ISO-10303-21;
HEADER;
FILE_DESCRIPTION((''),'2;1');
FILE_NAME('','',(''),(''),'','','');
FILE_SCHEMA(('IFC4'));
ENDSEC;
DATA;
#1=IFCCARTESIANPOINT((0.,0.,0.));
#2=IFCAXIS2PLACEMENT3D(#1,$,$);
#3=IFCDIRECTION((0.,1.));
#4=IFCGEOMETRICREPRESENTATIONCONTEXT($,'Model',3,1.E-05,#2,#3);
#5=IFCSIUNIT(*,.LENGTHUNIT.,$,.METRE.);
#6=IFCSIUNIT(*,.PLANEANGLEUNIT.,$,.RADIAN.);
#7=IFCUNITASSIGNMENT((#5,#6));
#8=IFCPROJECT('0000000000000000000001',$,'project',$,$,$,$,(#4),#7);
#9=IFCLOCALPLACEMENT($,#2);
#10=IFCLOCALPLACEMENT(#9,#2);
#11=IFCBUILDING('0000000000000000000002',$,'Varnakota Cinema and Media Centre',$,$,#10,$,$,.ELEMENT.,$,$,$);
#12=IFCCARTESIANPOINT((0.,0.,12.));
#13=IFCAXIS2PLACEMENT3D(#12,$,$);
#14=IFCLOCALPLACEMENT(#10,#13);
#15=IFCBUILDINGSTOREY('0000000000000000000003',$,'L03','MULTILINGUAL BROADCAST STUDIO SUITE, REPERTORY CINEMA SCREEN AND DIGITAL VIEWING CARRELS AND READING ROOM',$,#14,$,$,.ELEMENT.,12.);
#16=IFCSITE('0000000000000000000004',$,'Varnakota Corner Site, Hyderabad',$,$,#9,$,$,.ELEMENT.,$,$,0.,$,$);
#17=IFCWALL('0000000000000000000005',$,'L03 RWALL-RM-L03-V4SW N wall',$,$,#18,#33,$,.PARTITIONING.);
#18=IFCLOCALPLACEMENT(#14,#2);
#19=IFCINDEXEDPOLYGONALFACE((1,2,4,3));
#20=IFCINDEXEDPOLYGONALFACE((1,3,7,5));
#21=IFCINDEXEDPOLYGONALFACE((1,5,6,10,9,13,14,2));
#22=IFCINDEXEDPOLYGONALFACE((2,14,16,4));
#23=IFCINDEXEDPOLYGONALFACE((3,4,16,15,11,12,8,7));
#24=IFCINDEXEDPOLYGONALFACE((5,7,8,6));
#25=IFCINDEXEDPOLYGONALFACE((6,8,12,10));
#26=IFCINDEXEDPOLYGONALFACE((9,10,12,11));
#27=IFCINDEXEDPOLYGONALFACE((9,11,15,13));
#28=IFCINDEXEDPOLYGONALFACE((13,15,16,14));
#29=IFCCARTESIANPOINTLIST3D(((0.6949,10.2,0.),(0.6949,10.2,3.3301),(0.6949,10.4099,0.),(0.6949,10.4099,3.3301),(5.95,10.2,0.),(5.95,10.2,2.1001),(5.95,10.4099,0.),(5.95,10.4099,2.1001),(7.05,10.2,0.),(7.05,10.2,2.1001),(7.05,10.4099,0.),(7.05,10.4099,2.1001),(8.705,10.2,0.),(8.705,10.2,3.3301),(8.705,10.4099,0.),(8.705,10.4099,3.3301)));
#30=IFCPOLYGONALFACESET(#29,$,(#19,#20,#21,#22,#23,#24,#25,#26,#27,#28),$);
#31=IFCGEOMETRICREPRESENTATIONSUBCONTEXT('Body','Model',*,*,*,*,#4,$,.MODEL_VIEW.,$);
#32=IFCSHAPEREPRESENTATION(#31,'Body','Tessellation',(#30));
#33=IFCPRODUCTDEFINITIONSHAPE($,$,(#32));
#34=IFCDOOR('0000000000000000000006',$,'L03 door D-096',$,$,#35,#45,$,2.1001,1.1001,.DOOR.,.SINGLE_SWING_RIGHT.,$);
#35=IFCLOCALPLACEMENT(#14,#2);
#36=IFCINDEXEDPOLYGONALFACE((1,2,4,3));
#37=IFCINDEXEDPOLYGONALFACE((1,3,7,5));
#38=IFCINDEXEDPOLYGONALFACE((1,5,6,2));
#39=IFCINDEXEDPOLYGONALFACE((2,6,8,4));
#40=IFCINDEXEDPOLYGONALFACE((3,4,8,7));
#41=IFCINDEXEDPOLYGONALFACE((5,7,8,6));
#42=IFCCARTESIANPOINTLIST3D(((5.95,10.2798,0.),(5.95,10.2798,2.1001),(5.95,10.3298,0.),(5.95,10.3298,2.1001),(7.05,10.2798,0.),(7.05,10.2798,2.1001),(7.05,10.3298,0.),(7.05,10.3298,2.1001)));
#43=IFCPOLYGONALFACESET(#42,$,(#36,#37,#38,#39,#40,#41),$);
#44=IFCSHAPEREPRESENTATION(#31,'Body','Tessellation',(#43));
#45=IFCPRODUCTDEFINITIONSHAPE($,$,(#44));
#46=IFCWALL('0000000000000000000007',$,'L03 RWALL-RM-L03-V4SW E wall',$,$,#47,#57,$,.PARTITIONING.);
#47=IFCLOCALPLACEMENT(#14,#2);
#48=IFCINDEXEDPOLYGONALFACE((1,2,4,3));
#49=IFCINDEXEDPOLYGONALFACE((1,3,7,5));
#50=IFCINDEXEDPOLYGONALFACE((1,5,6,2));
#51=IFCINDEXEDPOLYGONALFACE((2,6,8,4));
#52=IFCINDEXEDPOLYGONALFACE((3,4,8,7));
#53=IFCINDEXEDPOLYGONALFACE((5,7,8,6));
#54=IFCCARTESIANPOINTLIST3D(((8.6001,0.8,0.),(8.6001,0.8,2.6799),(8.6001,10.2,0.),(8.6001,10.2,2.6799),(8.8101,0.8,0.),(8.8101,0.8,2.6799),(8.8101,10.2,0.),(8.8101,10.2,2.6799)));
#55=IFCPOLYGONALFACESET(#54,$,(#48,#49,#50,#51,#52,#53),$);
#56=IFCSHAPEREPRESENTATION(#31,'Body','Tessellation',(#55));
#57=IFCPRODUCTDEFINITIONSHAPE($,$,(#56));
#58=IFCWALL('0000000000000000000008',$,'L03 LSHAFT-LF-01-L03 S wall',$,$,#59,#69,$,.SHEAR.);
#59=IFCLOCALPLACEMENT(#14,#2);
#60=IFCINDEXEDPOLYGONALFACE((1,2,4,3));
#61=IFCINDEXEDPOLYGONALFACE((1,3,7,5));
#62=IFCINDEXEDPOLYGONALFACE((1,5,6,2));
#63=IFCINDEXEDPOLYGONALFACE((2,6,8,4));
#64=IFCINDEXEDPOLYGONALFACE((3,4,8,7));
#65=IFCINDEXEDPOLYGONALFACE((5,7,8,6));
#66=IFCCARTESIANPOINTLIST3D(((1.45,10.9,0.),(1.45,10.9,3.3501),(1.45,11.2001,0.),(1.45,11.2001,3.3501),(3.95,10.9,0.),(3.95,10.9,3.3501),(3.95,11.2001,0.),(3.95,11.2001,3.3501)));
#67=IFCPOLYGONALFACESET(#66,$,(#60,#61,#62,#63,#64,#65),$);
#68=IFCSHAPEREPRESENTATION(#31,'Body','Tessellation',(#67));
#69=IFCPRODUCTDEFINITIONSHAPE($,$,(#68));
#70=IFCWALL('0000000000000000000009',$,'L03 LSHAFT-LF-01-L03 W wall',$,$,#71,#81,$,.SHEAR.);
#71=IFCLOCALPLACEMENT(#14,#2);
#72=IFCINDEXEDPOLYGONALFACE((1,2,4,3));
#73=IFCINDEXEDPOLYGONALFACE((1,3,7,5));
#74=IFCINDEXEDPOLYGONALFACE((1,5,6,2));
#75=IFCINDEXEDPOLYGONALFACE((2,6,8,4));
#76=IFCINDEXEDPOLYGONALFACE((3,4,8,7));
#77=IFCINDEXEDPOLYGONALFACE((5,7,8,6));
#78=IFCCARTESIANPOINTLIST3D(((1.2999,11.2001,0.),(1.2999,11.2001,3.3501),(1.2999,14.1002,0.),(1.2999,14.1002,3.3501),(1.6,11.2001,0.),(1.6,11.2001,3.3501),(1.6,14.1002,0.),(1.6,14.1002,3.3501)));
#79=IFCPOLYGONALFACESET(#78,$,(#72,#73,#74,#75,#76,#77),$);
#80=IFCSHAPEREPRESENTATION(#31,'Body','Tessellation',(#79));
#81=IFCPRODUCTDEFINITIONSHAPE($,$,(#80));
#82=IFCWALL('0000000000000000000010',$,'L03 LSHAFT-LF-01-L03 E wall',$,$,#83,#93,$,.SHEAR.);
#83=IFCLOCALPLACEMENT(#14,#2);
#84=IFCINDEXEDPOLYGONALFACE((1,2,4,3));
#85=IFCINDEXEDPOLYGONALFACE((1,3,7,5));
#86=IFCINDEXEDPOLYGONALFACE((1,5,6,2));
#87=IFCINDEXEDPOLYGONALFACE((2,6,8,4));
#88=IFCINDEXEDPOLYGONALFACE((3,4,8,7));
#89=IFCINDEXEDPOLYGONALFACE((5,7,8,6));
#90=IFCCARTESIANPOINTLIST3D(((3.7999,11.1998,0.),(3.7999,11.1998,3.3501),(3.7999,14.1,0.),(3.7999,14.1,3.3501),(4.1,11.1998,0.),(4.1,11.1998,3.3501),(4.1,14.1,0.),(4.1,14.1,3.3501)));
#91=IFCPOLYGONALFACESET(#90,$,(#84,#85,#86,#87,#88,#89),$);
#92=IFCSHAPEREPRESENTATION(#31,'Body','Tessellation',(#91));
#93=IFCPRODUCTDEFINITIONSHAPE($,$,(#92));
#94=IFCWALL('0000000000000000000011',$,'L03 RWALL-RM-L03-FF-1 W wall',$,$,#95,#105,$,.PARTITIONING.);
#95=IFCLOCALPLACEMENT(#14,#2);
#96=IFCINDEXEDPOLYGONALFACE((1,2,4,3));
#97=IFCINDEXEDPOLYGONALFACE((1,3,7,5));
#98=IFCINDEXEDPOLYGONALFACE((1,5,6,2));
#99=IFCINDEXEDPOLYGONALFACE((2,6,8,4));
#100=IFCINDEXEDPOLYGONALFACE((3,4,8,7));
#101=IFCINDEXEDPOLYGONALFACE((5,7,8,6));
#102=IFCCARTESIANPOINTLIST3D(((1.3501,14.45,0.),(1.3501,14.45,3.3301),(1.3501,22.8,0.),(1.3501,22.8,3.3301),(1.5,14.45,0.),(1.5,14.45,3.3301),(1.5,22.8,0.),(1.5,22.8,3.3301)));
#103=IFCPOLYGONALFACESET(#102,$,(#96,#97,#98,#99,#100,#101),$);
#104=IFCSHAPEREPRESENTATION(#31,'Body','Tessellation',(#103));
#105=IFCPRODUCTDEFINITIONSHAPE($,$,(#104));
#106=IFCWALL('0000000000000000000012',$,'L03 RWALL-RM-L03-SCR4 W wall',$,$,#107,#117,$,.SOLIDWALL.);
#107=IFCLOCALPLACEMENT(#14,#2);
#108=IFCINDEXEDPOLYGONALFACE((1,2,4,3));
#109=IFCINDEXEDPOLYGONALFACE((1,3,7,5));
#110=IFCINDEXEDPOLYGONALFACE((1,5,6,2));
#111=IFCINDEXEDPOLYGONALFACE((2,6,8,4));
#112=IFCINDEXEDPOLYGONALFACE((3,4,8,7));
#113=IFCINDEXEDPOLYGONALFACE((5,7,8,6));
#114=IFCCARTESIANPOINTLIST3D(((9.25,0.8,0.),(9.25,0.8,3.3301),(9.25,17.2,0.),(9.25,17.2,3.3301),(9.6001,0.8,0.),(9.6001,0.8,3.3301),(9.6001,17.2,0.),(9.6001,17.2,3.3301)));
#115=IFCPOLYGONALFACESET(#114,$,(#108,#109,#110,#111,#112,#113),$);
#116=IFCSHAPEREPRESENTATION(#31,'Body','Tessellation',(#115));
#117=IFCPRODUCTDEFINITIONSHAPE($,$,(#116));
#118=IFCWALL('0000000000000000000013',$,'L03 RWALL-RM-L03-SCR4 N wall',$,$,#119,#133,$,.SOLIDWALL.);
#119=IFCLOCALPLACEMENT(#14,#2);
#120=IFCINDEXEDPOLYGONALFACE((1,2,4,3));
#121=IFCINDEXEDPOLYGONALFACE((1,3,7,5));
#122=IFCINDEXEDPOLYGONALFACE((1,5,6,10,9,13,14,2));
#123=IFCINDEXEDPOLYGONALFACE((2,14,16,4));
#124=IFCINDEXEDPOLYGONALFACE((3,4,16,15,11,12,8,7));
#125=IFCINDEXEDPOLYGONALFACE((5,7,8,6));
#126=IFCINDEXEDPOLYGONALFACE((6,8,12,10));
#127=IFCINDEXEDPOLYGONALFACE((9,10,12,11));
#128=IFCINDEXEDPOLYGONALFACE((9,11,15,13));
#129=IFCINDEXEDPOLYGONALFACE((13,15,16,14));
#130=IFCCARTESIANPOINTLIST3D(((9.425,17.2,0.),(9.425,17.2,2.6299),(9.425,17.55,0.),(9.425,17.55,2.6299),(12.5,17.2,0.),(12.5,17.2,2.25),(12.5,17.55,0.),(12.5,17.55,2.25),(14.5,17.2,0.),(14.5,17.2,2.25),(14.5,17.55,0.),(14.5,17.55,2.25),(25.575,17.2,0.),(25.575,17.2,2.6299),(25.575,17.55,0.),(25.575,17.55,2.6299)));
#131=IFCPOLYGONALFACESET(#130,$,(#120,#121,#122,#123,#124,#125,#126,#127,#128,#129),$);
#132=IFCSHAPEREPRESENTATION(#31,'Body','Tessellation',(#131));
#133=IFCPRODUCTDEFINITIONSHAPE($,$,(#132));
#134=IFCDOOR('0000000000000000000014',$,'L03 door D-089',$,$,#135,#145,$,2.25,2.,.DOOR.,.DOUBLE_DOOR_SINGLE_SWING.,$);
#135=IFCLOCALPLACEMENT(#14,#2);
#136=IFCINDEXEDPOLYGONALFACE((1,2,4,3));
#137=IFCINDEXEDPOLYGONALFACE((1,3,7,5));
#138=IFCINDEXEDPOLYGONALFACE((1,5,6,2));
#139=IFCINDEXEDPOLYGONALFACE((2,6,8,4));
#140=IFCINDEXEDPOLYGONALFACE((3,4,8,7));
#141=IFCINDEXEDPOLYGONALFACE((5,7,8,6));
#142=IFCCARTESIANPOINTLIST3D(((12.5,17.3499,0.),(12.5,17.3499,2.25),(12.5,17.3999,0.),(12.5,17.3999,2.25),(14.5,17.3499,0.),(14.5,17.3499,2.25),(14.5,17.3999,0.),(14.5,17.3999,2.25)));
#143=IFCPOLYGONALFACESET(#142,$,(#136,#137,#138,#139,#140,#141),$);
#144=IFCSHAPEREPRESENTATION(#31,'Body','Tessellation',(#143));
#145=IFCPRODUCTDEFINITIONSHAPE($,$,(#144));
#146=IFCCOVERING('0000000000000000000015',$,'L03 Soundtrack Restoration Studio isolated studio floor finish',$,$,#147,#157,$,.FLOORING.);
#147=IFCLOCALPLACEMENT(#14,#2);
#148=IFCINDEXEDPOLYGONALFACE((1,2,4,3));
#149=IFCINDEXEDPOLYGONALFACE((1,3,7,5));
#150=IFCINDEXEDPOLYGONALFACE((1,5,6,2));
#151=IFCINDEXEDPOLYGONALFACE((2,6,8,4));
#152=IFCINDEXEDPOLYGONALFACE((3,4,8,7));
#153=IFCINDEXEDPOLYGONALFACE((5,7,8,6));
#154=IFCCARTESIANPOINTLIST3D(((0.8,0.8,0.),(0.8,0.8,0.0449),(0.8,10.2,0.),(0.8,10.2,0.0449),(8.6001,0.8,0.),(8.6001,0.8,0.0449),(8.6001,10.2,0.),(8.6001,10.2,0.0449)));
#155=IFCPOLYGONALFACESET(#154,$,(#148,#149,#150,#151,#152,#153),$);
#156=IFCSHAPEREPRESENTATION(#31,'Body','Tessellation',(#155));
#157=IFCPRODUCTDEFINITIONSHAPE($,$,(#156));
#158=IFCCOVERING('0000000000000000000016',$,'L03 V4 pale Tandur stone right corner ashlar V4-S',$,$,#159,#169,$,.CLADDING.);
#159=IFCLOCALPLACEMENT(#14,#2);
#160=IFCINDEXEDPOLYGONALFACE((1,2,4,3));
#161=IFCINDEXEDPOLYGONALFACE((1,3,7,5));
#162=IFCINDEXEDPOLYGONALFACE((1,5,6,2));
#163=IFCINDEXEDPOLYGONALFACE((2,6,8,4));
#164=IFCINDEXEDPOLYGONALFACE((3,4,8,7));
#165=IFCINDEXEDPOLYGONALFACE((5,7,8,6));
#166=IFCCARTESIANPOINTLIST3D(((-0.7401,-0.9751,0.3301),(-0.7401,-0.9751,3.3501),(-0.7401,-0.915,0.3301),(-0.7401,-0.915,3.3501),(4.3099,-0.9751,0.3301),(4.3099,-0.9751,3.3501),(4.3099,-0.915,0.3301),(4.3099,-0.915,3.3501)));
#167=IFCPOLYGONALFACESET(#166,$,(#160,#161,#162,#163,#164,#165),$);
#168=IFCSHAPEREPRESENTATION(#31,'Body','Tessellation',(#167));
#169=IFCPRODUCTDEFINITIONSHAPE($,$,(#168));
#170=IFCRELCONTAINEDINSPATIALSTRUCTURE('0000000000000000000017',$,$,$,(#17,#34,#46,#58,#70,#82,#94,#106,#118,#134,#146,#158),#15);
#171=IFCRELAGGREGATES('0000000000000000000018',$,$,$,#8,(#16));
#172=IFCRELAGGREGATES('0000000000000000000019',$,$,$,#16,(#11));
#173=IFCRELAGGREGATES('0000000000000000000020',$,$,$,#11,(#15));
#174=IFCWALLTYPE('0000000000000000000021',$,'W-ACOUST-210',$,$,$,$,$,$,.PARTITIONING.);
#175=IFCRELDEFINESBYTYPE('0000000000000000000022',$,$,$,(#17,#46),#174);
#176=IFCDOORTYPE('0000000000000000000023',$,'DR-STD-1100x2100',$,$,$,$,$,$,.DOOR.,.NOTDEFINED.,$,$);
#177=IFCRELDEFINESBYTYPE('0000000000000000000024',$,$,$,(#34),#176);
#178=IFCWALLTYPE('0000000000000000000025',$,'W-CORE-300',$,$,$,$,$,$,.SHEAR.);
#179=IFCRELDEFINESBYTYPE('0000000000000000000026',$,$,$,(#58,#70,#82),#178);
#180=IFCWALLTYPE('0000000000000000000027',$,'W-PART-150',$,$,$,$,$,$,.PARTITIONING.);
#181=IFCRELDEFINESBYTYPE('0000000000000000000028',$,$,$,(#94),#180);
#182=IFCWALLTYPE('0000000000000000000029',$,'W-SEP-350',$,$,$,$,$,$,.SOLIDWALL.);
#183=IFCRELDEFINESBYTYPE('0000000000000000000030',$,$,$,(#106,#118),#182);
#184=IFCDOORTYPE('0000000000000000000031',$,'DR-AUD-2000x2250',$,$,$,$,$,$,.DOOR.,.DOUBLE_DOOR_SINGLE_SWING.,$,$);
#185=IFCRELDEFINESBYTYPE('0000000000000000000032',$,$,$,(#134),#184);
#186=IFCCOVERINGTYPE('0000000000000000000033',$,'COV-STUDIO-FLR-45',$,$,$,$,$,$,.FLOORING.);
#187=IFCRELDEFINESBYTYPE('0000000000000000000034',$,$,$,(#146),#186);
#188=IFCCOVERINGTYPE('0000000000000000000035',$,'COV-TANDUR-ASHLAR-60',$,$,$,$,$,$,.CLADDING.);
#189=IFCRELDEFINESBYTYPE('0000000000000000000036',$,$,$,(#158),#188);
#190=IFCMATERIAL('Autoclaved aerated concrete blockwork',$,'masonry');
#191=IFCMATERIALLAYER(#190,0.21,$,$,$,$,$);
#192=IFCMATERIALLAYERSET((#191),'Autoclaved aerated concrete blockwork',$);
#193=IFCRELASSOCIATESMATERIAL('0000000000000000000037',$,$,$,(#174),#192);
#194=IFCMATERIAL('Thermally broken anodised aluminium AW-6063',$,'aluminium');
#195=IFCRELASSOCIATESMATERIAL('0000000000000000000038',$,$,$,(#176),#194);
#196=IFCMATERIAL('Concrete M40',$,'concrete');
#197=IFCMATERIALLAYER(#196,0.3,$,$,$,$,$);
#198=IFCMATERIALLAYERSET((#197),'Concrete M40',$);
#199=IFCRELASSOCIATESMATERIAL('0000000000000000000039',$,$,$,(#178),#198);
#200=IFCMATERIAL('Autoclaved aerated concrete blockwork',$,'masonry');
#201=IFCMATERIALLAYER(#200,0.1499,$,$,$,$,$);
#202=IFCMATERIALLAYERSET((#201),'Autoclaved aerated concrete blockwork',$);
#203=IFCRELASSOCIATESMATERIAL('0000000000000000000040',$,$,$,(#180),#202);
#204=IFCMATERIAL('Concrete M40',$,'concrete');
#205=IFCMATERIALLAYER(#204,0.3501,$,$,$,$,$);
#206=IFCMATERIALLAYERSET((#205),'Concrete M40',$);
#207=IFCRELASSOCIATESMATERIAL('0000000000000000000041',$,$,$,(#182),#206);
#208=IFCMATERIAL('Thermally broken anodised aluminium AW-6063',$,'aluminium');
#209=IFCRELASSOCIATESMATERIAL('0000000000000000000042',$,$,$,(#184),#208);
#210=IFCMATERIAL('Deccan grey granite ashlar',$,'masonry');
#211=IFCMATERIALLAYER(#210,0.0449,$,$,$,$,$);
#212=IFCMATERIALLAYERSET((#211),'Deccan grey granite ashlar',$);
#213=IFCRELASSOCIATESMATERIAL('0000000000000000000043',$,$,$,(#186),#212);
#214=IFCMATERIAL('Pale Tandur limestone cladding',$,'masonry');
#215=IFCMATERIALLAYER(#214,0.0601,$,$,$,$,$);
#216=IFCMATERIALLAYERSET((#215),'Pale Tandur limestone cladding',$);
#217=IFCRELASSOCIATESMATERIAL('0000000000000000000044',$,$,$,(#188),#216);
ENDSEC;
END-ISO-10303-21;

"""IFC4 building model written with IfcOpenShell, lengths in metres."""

from ifc_helpers import new_model, si_unit, direction, frame, frame_2d, origin, origin_2d, place, context, subcontext, project, spatial, polyline, rectangle, outline, extrude, material, layer, layer_set, type_object, element, fill, save


model = new_model("IFC4")

# Units and contexts
model_context = context("Model", 3, precision=1e-05, world=origin(), true_north=direction((0.0, 1.0)))
body_context = subcontext(model_context, "Body", "Model", "MODEL_VIEW")
ifc_project = project(units=[si_unit("LENGTHUNIT", "METRE"), si_unit("PLANEANGLEUNIT", "RADIAN")], contexts=[model_context])

# Site, building, storey
site_placement = place(None, origin())
site = spatial("IfcSite", under=ifc_project, at=site_placement, Name="Varnakota Corner Site, Hyderabad", CompositionType="ELEMENT", RefElevation=0.0)
building_placement = place(site_placement, origin())
building = spatial("IfcBuilding", under=site, at=building_placement, Name="Varnakota Cinema and Media Centre", CompositionType="ELEMENT")
storey_placement = place(building_placement, frame((0.0, 0.0, 12.0)))
storey = spatial("IfcBuildingStorey", under=building, at=storey_placement, Name="L03", Description="MULTILINGUAL BROADCAST STUDIO SUITE, REPERTORY CINEMA SCREEN AND DIGITAL VIEWING CARRELS AND READING ROOM", CompositionType="ELEMENT", Elevation=12.0)

# Shared definitions
ifc_material_1 = material(Name="Autoclaved aerated concrete blockwork", Category="masonry")
ifc_layer_1 = layer(ifc_material_1, 0.21)
ifc_layer_set_1 = layer_set([ifc_layer_1], Name="Autoclaved aerated concrete blockwork")
wall_type_1 = type_object("IfcWallType", Name="W-ACOUST-210", PredefinedType="PARTITIONING", material=ifc_layer_set_1)

# Wall, opening, door
wall_1_placement = place(storey_placement, frame((0.6951, 10.3049, 0.0), z_axis=(0.0, 0.0, 1.0), x_axis=(1.0, 0.0, 0.0)))
wall_1 = element("IfcWall", 1, at=wall_1_placement, inside=storey, type_object=wall_type_1, Name="L03 RWALL-RM-L03-V4SW N wall", PredefinedType="PARTITIONING", context=body_context, shape_type="SweptSolid", body=[
    extrude(rectangle(XDim=8.01, YDim=0.21, at=frame_2d((4.0049, 0.0))), origin(), (0.0, 0.0, 1.0), 3.3301),
])
opening_1_placement = place(wall_1_placement, frame((5.2549, 0.0, 0.0)))
opening_1 = element("IfcOpeningElement", 2, at=opening_1_placement, cuts=wall_1, PredefinedType="OPENING", context=body_context, shape_type="SweptSolid", body=[
    extrude(rectangle(XDim=1.1001, YDim=2.1001, at=frame_2d((0.55, 1.05))), frame((0.0, 0.105, 0.0), z_axis=(0.0, -1.0, 0.0), x_axis=(1.0, 0.0, 0.0)), (0.0, 0.0, 1.0), 0.21),
])
ifc_material_2 = material(Name="Thermally broken anodised aluminium AW-6063", Category="aluminium")
door_type_1 = type_object("IfcDoorType", Name="DR-STD-1100x2100", OperationType="NOTDEFINED", PredefinedType="DOOR", material=ifc_material_2)
door_1_placement = place(opening_1_placement, origin())
door_1 = element("IfcDoor", 3, at=door_1_placement, inside=storey, type_object=door_type_1, Name="L03 door D-096", OperationType="SINGLE_SWING_RIGHT", OverallHeight=2.1001, OverallWidth=1.1001, PredefinedType="DOOR", context=body_context, shape_type="SweptSolid", body=[
    extrude(rectangle(XDim=1.1001, YDim=2.1001, at=frame_2d((0.55, 1.05))), frame((0.0, 0.0249, 0.0), z_axis=(0.0, -1.0, 0.0), x_axis=(1.0, 0.0, 0.0)), (0.0, 0.0, 1.0), 0.05),
])
fill(opening_1, door_1)

# Walls
wall_2_placement = place(storey_placement, frame((8.7051, 10.2, 0.0), z_axis=(0.0, 0.0, 1.0), x_axis=(0.0, -1.0, 0.0)))
element("IfcWall", 4, at=wall_2_placement, inside=storey, type_object=wall_type_1, Name="L03 RWALL-RM-L03-V4SW E wall", PredefinedType="PARTITIONING", context=body_context, shape_type="SweptSolid", body=[
    extrude(rectangle(XDim=9.3999, YDim=0.21, at=frame_2d((4.7, 0.0))), origin(), (0.0, 0.0, 1.0), 2.6799),
])
ifc_material_3 = material(Name="Concrete M40", Category="concrete")
ifc_layer_2 = layer(ifc_material_3, 0.3)
ifc_layer_set_2 = layer_set([ifc_layer_2], Name="Concrete M40")
wall_type_2 = type_object("IfcWallType", Name="W-CORE-300", PredefinedType="SHEAR", material=ifc_layer_set_2)
wall_3_placement = place(storey_placement, frame((3.95, 11.05, 0.0), z_axis=(0.0, 0.0, 1.0), x_axis=(-1.0, 0.0, 0.0)))
element("IfcWall", 5, at=wall_3_placement, inside=storey, type_object=wall_type_2, Name="L03 LSHAFT-LF-01-L03 S wall", PredefinedType="SHEAR", context=body_context, shape_type="SweptSolid", body=[
    extrude(rectangle(XDim=2.5, YDim=0.3, at=frame_2d((1.25, 0.0))), origin(), (0.0, 0.0, 1.0), 3.3501),
])
wall_4_placement = place(storey_placement, frame((1.45, 11.2, 0.0), z_axis=(0.0, 0.0, 1.0), x_axis=(0.0, 1.0, 0.0)))
element("IfcWall", 6, at=wall_4_placement, inside=storey, type_object=wall_type_2, Name="L03 LSHAFT-LF-01-L03 W wall", PredefinedType="SHEAR", context=body_context, shape_type="SweptSolid", body=[
    extrude(rectangle(XDim=2.9001, YDim=0.3, at=frame_2d((1.4502, 0.0))), origin(), (0.0, 0.0, 1.0), 3.3501),
])

# Walls
wall_5_placement = place(storey_placement, frame((3.95, 14.1001, 0.0), z_axis=(0.0, 0.0, 1.0), x_axis=(0.0, -1.0, 0.0)))
element("IfcWall", 7, at=wall_5_placement, inside=storey, type_object=wall_type_2, Name="L03 LSHAFT-LF-01-L03 E wall", PredefinedType="SHEAR", context=body_context, shape_type="SweptSolid", body=[
    extrude(rectangle(XDim=2.9001, YDim=0.3, at=frame_2d((1.4502, 0.0))), origin(), (0.0, 0.0, 1.0), 3.3501),
])
ifc_material_4 = material(Name="Autoclaved aerated concrete blockwork", Category="masonry")
ifc_layer_3 = layer(ifc_material_4, 0.1499)
ifc_layer_set_3 = layer_set([ifc_layer_3], Name="Autoclaved aerated concrete blockwork")
wall_type_3 = type_object("IfcWallType", Name="W-PART-150", PredefinedType="PARTITIONING", material=ifc_layer_set_3)
wall_6_placement = place(storey_placement, frame((1.425, 14.45, 0.0), z_axis=(0.0, 0.0, 1.0), x_axis=(0.0, 1.0, 0.0)))
element("IfcWall", 8, at=wall_6_placement, inside=storey, type_object=wall_type_3, Name="L03 RWALL-RM-L03-FF-1 W wall", PredefinedType="PARTITIONING", context=body_context, shape_type="SweptSolid", body=[
    extrude(rectangle(XDim=8.3501, YDim=0.1499, at=frame_2d((4.175, 0.0))), origin(), (0.0, 0.0, 1.0), 3.3301),
])
ifc_material_5 = material(Name="Concrete M40", Category="concrete")
ifc_layer_4 = layer(ifc_material_5, 0.3501)
ifc_layer_set_4 = layer_set([ifc_layer_4], Name="Concrete M40")
wall_type_4 = type_object("IfcWallType", Name="W-SEP-350", PredefinedType="SOLIDWALL", material=ifc_layer_set_4)
wall_7_placement = place(storey_placement, frame((9.425, 0.8, 0.0), z_axis=(0.0, 0.0, 1.0), x_axis=(0.0, 1.0, 0.0)))
element("IfcWall", 9, at=wall_7_placement, inside=storey, type_object=wall_type_4, Name="L03 RWALL-RM-L03-SCR4 W wall", PredefinedType="SOLIDWALL", context=body_context, shape_type="SweptSolid", body=[
    extrude(rectangle(XDim=16.3999, YDim=0.3501, at=frame_2d((8.2, 0.0))), origin(), (0.0, 0.0, 1.0), 3.3301),
])

# Wall, opening, door
wall_8_placement = place(storey_placement, frame((9.425, 17.375, 0.0), z_axis=(0.0, 0.0, 1.0), x_axis=(1.0, 0.0, 0.0)))
wall_8 = element("IfcWall", 10, at=wall_8_placement, inside=storey, type_object=wall_type_4, Name="L03 RWALL-RM-L03-SCR4 N wall", PredefinedType="SOLIDWALL", context=body_context, shape_type="SweptSolid", body=[
    extrude(rectangle(XDim=16.1499, YDim=0.3501, at=frame_2d((8.075, 0.0))), origin(), (0.0, 0.0, 1.0), 2.6299),
])
opening_2_placement = place(wall_8_placement, frame((3.075, 0.0, 0.0)))
opening_2 = element("IfcOpeningElement", 11, at=opening_2_placement, cuts=wall_8, PredefinedType="OPENING", context=body_context, shape_type="SweptSolid", body=[
    extrude(rectangle(XDim=2.0, YDim=2.25, at=frame_2d((1.0, 1.125))), frame((0.0, 0.175, 0.0), z_axis=(0.0, -1.0, 0.0), x_axis=(1.0, 0.0, 0.0)), (0.0, 0.0, 1.0), 0.3501),
])
ifc_material_6 = material(Name="Thermally broken anodised aluminium AW-6063", Category="aluminium")
door_type_2 = type_object("IfcDoorType", Name="DR-AUD-2000x2250", OperationType="DOUBLE_DOOR_SINGLE_SWING", PredefinedType="DOOR", material=ifc_material_6)
door_2_placement = place(opening_2_placement, origin())
door_2 = element("IfcDoor", 12, at=door_2_placement, inside=storey, type_object=door_type_2, Name="L03 door D-089", OperationType="DOUBLE_DOOR_SINGLE_SWING", OverallHeight=2.25, OverallWidth=2.0, PredefinedType="DOOR", context=body_context, shape_type="SweptSolid", body=[
    extrude(rectangle(XDim=2.0, YDim=2.25, at=frame_2d((1.0, 1.125))), frame((0.0, 0.0249, 0.0), z_axis=(0.0, -1.0, 0.0), x_axis=(1.0, 0.0, 0.0)), (0.0, 0.0, 1.0), 0.05),
])
fill(opening_2, door_2)

# Coverings
ifc_material_7 = material(Name="Deccan grey granite ashlar", Category="masonry")
ifc_layer_5 = layer(ifc_material_7, 0.0449)
ifc_layer_set_5 = layer_set([ifc_layer_5], Name="Deccan grey granite ashlar")
covering_type_1 = type_object("IfcCoveringType", Name="COV-STUDIO-FLR-45", PredefinedType="FLOORING", material=ifc_layer_set_5)
covering_1_placement = place(storey_placement, origin())
element("IfcCovering", 13, at=covering_1_placement, inside=storey, type_object=covering_type_1, Name="L03 Soundtrack Restoration Studio isolated studio floor finish", PredefinedType="FLOORING", context=body_context, shape_type="SweptSolid", body=[
    extrude(outline(polyline([(0.8, 0.8), (8.6001, 0.8), (8.6001, 10.2), (0.8, 10.2), (0.8, 0.8)])), origin(), (0.0, 0.0, 1.0), 0.0449),
])
ifc_material_8 = material(Name="Pale Tandur limestone cladding", Category="masonry")
ifc_layer_6 = layer(ifc_material_8, 0.0601)
ifc_layer_set_6 = layer_set([ifc_layer_6], Name="Pale Tandur limestone cladding")
covering_type_2 = type_object("IfcCoveringType", Name="COV-TANDUR-ASHLAR-60", PredefinedType="CLADDING", material=ifc_layer_set_6)
covering_2_placement = place(storey_placement, frame((1.7849, -0.9451, 0.3301), z_axis=(0.0, 0.0, 1.0), x_axis=(-1.0, 0.0, 0.0)))
element("IfcCovering", 14, at=covering_2_placement, inside=storey, type_object=covering_type_2, Name="L03 V4 pale Tandur stone right corner ashlar V4-S", PredefinedType="CLADDING", context=body_context, shape_type="SweptSolid", body=[
    extrude(rectangle(XDim=5.05, YDim=0.0601, at=origin_2d()), origin(), (0.0, 0.0, 1.0), 3.02),
])

save(model, "model.ifc")
